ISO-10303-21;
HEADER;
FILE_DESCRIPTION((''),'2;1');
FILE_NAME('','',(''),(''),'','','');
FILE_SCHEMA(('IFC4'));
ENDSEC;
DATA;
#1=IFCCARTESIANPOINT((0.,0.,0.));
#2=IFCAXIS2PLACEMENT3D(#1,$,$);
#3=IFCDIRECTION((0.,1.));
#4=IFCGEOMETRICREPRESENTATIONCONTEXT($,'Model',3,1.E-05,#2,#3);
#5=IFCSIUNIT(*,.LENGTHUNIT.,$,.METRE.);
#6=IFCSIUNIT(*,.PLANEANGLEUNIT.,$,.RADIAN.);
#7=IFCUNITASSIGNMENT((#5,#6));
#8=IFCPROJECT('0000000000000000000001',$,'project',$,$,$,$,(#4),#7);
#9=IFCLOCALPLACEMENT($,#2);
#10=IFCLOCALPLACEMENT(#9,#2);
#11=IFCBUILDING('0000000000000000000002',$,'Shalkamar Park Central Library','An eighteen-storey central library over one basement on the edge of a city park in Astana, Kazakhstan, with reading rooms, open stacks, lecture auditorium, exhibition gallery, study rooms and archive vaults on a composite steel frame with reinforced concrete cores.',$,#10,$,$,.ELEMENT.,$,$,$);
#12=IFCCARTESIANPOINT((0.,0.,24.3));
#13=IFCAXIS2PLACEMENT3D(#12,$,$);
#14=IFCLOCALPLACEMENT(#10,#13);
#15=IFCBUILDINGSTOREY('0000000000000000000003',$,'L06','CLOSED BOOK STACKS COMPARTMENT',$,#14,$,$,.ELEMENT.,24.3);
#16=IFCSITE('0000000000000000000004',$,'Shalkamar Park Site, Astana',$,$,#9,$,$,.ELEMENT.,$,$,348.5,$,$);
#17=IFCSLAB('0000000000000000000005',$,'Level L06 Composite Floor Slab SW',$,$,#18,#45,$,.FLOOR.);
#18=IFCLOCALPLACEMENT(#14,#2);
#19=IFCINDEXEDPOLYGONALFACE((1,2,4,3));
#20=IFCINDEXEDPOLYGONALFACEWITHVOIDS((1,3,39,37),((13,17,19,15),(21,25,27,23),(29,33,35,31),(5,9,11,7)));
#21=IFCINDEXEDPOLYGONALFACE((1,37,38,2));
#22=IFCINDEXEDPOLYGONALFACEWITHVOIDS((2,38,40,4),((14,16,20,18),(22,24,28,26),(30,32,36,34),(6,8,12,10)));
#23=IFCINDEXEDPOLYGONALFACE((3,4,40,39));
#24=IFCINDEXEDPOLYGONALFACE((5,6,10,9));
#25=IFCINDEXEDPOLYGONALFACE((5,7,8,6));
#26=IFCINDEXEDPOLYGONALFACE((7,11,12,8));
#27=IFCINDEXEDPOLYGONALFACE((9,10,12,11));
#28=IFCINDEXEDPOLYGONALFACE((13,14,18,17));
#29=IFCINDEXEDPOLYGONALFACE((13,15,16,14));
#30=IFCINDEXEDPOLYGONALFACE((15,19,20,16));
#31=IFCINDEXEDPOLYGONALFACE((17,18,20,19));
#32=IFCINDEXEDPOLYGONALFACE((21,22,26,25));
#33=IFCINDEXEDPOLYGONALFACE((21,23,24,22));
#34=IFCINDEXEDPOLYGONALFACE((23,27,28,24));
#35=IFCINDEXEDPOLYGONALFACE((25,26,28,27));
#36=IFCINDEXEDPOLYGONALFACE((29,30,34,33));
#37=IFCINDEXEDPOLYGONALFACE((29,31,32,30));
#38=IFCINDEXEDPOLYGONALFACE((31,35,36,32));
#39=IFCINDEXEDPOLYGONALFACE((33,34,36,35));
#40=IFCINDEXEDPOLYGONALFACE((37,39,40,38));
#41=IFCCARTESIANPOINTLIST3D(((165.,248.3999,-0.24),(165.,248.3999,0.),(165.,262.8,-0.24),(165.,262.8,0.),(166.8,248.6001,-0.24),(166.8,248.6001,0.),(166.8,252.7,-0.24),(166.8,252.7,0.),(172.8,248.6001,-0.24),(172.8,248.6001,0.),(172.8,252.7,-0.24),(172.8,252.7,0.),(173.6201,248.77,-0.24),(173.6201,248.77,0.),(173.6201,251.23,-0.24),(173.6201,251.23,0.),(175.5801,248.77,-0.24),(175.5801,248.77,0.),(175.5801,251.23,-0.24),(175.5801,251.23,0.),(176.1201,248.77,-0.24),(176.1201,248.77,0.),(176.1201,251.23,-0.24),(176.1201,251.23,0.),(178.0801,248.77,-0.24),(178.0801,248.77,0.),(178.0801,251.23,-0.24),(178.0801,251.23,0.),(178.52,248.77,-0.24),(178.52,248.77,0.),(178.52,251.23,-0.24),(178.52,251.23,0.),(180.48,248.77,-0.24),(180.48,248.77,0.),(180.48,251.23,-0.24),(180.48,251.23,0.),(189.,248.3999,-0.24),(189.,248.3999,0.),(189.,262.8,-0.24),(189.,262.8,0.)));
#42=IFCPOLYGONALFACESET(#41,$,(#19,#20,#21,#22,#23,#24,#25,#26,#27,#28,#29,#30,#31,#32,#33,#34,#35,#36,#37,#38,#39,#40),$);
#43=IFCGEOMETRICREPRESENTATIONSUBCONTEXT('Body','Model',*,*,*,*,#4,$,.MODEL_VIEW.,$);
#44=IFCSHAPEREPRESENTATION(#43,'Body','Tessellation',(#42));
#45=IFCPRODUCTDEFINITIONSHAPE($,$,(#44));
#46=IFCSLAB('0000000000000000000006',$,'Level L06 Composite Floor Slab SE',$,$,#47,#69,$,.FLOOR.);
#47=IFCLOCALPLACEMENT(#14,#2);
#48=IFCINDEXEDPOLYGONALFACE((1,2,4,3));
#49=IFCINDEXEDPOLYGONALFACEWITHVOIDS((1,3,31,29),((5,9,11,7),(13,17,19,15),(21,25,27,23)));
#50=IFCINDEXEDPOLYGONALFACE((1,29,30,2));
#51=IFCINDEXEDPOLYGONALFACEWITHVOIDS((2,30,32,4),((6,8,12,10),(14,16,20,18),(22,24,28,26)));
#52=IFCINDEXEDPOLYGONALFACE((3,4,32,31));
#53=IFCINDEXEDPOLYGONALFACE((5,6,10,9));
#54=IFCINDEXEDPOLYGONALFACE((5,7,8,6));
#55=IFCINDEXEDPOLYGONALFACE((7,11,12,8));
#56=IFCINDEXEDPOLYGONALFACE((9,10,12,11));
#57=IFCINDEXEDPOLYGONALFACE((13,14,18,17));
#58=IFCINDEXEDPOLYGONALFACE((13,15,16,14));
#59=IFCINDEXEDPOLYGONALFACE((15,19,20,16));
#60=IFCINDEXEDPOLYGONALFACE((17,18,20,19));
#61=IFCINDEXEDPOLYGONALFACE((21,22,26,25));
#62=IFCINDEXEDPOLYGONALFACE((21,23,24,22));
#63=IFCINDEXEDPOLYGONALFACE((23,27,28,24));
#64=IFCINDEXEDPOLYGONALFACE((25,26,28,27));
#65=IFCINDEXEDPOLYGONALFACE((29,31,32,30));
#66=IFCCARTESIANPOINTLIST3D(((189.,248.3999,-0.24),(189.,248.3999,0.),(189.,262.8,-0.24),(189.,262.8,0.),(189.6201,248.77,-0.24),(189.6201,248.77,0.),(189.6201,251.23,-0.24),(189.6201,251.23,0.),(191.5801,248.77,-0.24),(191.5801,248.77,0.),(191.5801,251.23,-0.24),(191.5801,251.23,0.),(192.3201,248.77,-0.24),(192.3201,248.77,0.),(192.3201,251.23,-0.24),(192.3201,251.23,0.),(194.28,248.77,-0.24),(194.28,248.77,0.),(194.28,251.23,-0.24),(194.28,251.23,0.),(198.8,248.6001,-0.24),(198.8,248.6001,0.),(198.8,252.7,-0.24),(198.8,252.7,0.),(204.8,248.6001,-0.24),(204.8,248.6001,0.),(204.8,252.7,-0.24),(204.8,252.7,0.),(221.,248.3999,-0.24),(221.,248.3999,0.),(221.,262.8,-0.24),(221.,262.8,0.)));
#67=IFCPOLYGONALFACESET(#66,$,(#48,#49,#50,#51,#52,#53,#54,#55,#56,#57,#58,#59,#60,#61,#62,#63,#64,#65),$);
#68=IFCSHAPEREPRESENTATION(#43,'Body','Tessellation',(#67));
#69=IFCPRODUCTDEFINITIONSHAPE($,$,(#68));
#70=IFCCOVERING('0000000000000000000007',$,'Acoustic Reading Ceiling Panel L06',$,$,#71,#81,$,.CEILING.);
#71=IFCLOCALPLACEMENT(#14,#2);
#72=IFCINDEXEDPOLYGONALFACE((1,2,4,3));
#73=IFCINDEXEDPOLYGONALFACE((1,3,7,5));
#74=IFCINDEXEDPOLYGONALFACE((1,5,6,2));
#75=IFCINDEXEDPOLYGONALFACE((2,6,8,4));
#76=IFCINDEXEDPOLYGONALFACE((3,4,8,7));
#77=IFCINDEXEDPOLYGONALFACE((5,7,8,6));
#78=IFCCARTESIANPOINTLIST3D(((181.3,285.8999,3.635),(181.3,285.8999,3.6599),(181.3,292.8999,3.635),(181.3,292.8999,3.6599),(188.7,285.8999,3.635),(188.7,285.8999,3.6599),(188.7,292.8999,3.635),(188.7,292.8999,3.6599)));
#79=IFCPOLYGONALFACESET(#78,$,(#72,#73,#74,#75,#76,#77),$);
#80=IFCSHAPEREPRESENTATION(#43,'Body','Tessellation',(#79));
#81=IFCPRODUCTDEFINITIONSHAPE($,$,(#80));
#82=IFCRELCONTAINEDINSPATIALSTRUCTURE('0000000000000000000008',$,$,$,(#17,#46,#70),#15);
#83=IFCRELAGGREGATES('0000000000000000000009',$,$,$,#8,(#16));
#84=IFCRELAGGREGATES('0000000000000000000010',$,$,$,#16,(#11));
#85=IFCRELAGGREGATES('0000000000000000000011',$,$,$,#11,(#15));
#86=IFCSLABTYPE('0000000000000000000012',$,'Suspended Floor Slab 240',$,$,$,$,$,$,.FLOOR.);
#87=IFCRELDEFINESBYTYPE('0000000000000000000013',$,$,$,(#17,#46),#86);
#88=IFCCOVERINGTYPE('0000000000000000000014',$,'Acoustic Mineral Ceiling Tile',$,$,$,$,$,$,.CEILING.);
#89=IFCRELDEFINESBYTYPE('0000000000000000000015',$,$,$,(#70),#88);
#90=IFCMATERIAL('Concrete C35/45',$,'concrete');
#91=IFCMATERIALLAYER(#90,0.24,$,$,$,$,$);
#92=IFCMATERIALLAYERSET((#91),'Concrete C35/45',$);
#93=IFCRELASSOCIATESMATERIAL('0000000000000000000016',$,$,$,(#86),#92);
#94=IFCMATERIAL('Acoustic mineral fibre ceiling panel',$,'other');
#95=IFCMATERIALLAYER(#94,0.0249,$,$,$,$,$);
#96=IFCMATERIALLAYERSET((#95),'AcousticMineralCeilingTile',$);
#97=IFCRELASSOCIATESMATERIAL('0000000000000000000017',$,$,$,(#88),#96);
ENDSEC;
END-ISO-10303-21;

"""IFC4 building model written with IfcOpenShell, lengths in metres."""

from ifc_helpers import new_model, si_unit, direction, frame, origin, place, context, subcontext, project, spatial, polyline, outline, extrude, material, layer, layer_set, type_object, element, save


model = new_model("IFC4")

# Units and contexts
model_context = context("Model", 3, precision=1e-05, world=origin(), true_north=direction((0.0, 1.0)))
body_context = subcontext(model_context, "Body", "Model", "MODEL_VIEW")
ifc_project = project(units=[si_unit("LENGTHUNIT", "METRE"), si_unit("PLANEANGLEUNIT", "RADIAN")], contexts=[model_context])

# Site, building, storey
site_placement = place(None, origin())
site = spatial("IfcSite", under=ifc_project, at=site_placement, Name="Shalkamar Park Site, Astana", CompositionType="ELEMENT", RefElevation=348.5)
building_placement = place(site_placement, origin())
building = spatial("IfcBuilding", under=site, at=building_placement, Name="Shalkamar Park Central Library", Description="An eighteen-storey central library over one basement on the edge of a city park in Astana, Kazakhstan, with reading rooms, open stacks, lecture auditorium, exhibition gallery, study rooms and archive vaults on a composite steel frame with reinforced concrete cores.", CompositionType="ELEMENT")
storey_placement = place(building_placement, frame((0.0, 0.0, 24.3)))
storey = spatial("IfcBuildingStorey", under=building, at=storey_placement, Name="L06", Description="CLOSED BOOK STACKS COMPARTMENT", CompositionType="ELEMENT", Elevation=24.3)

# Shared definitions
ifc_material_1 = material(Name="Concrete C35/45", Category="concrete")

# Slabs
ifc_layer_1 = layer(ifc_material_1, 0.24)
ifc_layer_set_1 = layer_set([ifc_layer_1], Name="Concrete C35/45")
slab_type_1 = type_object("IfcSlabType", Name="Suspended Floor Slab 240", PredefinedType="FLOOR", material=ifc_layer_set_1)
slab_1_placement = place(storey_placement, frame((0.0, 0.0, -0.24)))
element("IfcSlab", 1, at=slab_1_placement, inside=storey, type_object=slab_type_1, Name="Level L06 Composite Floor Slab SW", PredefinedType="FLOOR", context=body_context, shape_type="SweptSolid", body=[
    extrude(outline(polyline([(165.0, 248.3999), (165.0, 262.8), (189.0, 262.8), (189.0, 248.3999), (165.0, 248.3999)]), holes=[polyline([(173.6201, 248.77), (175.5801, 248.77), (175.5801, 251.23), (173.6201, 251.23), (173.6201, 248.77)]), polyline([(176.1201, 251.23), (176.1201, 248.77), (178.0801, 248.77), (178.0801, 251.23), (176.1201, 251.23)]), polyline([(178.52, 251.23), (178.52, 248.77), (180.48, 248.77), (180.48, 251.23), (178.52, 251.23)]), polyline([(166.8, 252.7), (166.8, 248.6001), (172.8, 248.6001), (172.8, 252.7), (166.8, 252.7)])]), origin(), (0.0, 0.0, 1.0), 0.24),
])
slab_2_placement = place(storey_placement, frame((0.0, 0.0, -0.24)))
element("IfcSlab", 2, at=slab_2_placement, inside=storey, type_object=slab_type_1, Name="Level L06 Composite Floor Slab SE", PredefinedType="FLOOR", context=body_context, shape_type="SweptSolid", body=[
    extrude(outline(polyline([(189.0, 248.3999), (189.0, 262.8), (221.0, 262.8), (221.0, 248.3999), (189.0, 248.3999)]), holes=[polyline([(189.6201, 251.23), (189.6201, 248.77), (191.5801, 248.77), (191.5801, 251.23), (189.6201, 251.23)]), polyline([(192.3201, 251.23), (192.3201, 248.77), (194.28, 248.77), (194.28, 251.23), (192.3201, 251.23)]), polyline([(198.8, 252.7), (198.8, 248.6001), (204.8, 248.6001), (204.8, 252.7), (198.8, 252.7)])]), origin(), (0.0, 0.0, 1.0), 0.24),
])

# Covering
ifc_material_2 = material(Name="Acoustic mineral fibre ceiling panel", Category="other")
ifc_layer_2 = layer(ifc_material_2, 0.0249)
ifc_layer_set_2 = layer_set([ifc_layer_2], Name="AcousticMineralCeilingTile")
covering_type = type_object("IfcCoveringType", Name="Acoustic Mineral Ceiling Tile", PredefinedType="CEILING", material=ifc_layer_set_2)
covering_placement = place(storey_placement, frame((0.0, 0.0, 3.635)))
element("IfcCovering", 3, at=covering_placement, inside=storey, type_object=covering_type, Name="Acoustic Reading Ceiling Panel L06", PredefinedType="CEILING", context=body_context, shape_type="SweptSolid", body=[
    extrude(outline(polyline([(181.3, 285.8999), (188.7, 285.8999), (188.7, 292.8999), (181.3, 292.8999), (181.3, 285.8999)])), origin(), (0.0, 0.0, 1.0), 0.0249),
])

save(model, "model.ifc")
